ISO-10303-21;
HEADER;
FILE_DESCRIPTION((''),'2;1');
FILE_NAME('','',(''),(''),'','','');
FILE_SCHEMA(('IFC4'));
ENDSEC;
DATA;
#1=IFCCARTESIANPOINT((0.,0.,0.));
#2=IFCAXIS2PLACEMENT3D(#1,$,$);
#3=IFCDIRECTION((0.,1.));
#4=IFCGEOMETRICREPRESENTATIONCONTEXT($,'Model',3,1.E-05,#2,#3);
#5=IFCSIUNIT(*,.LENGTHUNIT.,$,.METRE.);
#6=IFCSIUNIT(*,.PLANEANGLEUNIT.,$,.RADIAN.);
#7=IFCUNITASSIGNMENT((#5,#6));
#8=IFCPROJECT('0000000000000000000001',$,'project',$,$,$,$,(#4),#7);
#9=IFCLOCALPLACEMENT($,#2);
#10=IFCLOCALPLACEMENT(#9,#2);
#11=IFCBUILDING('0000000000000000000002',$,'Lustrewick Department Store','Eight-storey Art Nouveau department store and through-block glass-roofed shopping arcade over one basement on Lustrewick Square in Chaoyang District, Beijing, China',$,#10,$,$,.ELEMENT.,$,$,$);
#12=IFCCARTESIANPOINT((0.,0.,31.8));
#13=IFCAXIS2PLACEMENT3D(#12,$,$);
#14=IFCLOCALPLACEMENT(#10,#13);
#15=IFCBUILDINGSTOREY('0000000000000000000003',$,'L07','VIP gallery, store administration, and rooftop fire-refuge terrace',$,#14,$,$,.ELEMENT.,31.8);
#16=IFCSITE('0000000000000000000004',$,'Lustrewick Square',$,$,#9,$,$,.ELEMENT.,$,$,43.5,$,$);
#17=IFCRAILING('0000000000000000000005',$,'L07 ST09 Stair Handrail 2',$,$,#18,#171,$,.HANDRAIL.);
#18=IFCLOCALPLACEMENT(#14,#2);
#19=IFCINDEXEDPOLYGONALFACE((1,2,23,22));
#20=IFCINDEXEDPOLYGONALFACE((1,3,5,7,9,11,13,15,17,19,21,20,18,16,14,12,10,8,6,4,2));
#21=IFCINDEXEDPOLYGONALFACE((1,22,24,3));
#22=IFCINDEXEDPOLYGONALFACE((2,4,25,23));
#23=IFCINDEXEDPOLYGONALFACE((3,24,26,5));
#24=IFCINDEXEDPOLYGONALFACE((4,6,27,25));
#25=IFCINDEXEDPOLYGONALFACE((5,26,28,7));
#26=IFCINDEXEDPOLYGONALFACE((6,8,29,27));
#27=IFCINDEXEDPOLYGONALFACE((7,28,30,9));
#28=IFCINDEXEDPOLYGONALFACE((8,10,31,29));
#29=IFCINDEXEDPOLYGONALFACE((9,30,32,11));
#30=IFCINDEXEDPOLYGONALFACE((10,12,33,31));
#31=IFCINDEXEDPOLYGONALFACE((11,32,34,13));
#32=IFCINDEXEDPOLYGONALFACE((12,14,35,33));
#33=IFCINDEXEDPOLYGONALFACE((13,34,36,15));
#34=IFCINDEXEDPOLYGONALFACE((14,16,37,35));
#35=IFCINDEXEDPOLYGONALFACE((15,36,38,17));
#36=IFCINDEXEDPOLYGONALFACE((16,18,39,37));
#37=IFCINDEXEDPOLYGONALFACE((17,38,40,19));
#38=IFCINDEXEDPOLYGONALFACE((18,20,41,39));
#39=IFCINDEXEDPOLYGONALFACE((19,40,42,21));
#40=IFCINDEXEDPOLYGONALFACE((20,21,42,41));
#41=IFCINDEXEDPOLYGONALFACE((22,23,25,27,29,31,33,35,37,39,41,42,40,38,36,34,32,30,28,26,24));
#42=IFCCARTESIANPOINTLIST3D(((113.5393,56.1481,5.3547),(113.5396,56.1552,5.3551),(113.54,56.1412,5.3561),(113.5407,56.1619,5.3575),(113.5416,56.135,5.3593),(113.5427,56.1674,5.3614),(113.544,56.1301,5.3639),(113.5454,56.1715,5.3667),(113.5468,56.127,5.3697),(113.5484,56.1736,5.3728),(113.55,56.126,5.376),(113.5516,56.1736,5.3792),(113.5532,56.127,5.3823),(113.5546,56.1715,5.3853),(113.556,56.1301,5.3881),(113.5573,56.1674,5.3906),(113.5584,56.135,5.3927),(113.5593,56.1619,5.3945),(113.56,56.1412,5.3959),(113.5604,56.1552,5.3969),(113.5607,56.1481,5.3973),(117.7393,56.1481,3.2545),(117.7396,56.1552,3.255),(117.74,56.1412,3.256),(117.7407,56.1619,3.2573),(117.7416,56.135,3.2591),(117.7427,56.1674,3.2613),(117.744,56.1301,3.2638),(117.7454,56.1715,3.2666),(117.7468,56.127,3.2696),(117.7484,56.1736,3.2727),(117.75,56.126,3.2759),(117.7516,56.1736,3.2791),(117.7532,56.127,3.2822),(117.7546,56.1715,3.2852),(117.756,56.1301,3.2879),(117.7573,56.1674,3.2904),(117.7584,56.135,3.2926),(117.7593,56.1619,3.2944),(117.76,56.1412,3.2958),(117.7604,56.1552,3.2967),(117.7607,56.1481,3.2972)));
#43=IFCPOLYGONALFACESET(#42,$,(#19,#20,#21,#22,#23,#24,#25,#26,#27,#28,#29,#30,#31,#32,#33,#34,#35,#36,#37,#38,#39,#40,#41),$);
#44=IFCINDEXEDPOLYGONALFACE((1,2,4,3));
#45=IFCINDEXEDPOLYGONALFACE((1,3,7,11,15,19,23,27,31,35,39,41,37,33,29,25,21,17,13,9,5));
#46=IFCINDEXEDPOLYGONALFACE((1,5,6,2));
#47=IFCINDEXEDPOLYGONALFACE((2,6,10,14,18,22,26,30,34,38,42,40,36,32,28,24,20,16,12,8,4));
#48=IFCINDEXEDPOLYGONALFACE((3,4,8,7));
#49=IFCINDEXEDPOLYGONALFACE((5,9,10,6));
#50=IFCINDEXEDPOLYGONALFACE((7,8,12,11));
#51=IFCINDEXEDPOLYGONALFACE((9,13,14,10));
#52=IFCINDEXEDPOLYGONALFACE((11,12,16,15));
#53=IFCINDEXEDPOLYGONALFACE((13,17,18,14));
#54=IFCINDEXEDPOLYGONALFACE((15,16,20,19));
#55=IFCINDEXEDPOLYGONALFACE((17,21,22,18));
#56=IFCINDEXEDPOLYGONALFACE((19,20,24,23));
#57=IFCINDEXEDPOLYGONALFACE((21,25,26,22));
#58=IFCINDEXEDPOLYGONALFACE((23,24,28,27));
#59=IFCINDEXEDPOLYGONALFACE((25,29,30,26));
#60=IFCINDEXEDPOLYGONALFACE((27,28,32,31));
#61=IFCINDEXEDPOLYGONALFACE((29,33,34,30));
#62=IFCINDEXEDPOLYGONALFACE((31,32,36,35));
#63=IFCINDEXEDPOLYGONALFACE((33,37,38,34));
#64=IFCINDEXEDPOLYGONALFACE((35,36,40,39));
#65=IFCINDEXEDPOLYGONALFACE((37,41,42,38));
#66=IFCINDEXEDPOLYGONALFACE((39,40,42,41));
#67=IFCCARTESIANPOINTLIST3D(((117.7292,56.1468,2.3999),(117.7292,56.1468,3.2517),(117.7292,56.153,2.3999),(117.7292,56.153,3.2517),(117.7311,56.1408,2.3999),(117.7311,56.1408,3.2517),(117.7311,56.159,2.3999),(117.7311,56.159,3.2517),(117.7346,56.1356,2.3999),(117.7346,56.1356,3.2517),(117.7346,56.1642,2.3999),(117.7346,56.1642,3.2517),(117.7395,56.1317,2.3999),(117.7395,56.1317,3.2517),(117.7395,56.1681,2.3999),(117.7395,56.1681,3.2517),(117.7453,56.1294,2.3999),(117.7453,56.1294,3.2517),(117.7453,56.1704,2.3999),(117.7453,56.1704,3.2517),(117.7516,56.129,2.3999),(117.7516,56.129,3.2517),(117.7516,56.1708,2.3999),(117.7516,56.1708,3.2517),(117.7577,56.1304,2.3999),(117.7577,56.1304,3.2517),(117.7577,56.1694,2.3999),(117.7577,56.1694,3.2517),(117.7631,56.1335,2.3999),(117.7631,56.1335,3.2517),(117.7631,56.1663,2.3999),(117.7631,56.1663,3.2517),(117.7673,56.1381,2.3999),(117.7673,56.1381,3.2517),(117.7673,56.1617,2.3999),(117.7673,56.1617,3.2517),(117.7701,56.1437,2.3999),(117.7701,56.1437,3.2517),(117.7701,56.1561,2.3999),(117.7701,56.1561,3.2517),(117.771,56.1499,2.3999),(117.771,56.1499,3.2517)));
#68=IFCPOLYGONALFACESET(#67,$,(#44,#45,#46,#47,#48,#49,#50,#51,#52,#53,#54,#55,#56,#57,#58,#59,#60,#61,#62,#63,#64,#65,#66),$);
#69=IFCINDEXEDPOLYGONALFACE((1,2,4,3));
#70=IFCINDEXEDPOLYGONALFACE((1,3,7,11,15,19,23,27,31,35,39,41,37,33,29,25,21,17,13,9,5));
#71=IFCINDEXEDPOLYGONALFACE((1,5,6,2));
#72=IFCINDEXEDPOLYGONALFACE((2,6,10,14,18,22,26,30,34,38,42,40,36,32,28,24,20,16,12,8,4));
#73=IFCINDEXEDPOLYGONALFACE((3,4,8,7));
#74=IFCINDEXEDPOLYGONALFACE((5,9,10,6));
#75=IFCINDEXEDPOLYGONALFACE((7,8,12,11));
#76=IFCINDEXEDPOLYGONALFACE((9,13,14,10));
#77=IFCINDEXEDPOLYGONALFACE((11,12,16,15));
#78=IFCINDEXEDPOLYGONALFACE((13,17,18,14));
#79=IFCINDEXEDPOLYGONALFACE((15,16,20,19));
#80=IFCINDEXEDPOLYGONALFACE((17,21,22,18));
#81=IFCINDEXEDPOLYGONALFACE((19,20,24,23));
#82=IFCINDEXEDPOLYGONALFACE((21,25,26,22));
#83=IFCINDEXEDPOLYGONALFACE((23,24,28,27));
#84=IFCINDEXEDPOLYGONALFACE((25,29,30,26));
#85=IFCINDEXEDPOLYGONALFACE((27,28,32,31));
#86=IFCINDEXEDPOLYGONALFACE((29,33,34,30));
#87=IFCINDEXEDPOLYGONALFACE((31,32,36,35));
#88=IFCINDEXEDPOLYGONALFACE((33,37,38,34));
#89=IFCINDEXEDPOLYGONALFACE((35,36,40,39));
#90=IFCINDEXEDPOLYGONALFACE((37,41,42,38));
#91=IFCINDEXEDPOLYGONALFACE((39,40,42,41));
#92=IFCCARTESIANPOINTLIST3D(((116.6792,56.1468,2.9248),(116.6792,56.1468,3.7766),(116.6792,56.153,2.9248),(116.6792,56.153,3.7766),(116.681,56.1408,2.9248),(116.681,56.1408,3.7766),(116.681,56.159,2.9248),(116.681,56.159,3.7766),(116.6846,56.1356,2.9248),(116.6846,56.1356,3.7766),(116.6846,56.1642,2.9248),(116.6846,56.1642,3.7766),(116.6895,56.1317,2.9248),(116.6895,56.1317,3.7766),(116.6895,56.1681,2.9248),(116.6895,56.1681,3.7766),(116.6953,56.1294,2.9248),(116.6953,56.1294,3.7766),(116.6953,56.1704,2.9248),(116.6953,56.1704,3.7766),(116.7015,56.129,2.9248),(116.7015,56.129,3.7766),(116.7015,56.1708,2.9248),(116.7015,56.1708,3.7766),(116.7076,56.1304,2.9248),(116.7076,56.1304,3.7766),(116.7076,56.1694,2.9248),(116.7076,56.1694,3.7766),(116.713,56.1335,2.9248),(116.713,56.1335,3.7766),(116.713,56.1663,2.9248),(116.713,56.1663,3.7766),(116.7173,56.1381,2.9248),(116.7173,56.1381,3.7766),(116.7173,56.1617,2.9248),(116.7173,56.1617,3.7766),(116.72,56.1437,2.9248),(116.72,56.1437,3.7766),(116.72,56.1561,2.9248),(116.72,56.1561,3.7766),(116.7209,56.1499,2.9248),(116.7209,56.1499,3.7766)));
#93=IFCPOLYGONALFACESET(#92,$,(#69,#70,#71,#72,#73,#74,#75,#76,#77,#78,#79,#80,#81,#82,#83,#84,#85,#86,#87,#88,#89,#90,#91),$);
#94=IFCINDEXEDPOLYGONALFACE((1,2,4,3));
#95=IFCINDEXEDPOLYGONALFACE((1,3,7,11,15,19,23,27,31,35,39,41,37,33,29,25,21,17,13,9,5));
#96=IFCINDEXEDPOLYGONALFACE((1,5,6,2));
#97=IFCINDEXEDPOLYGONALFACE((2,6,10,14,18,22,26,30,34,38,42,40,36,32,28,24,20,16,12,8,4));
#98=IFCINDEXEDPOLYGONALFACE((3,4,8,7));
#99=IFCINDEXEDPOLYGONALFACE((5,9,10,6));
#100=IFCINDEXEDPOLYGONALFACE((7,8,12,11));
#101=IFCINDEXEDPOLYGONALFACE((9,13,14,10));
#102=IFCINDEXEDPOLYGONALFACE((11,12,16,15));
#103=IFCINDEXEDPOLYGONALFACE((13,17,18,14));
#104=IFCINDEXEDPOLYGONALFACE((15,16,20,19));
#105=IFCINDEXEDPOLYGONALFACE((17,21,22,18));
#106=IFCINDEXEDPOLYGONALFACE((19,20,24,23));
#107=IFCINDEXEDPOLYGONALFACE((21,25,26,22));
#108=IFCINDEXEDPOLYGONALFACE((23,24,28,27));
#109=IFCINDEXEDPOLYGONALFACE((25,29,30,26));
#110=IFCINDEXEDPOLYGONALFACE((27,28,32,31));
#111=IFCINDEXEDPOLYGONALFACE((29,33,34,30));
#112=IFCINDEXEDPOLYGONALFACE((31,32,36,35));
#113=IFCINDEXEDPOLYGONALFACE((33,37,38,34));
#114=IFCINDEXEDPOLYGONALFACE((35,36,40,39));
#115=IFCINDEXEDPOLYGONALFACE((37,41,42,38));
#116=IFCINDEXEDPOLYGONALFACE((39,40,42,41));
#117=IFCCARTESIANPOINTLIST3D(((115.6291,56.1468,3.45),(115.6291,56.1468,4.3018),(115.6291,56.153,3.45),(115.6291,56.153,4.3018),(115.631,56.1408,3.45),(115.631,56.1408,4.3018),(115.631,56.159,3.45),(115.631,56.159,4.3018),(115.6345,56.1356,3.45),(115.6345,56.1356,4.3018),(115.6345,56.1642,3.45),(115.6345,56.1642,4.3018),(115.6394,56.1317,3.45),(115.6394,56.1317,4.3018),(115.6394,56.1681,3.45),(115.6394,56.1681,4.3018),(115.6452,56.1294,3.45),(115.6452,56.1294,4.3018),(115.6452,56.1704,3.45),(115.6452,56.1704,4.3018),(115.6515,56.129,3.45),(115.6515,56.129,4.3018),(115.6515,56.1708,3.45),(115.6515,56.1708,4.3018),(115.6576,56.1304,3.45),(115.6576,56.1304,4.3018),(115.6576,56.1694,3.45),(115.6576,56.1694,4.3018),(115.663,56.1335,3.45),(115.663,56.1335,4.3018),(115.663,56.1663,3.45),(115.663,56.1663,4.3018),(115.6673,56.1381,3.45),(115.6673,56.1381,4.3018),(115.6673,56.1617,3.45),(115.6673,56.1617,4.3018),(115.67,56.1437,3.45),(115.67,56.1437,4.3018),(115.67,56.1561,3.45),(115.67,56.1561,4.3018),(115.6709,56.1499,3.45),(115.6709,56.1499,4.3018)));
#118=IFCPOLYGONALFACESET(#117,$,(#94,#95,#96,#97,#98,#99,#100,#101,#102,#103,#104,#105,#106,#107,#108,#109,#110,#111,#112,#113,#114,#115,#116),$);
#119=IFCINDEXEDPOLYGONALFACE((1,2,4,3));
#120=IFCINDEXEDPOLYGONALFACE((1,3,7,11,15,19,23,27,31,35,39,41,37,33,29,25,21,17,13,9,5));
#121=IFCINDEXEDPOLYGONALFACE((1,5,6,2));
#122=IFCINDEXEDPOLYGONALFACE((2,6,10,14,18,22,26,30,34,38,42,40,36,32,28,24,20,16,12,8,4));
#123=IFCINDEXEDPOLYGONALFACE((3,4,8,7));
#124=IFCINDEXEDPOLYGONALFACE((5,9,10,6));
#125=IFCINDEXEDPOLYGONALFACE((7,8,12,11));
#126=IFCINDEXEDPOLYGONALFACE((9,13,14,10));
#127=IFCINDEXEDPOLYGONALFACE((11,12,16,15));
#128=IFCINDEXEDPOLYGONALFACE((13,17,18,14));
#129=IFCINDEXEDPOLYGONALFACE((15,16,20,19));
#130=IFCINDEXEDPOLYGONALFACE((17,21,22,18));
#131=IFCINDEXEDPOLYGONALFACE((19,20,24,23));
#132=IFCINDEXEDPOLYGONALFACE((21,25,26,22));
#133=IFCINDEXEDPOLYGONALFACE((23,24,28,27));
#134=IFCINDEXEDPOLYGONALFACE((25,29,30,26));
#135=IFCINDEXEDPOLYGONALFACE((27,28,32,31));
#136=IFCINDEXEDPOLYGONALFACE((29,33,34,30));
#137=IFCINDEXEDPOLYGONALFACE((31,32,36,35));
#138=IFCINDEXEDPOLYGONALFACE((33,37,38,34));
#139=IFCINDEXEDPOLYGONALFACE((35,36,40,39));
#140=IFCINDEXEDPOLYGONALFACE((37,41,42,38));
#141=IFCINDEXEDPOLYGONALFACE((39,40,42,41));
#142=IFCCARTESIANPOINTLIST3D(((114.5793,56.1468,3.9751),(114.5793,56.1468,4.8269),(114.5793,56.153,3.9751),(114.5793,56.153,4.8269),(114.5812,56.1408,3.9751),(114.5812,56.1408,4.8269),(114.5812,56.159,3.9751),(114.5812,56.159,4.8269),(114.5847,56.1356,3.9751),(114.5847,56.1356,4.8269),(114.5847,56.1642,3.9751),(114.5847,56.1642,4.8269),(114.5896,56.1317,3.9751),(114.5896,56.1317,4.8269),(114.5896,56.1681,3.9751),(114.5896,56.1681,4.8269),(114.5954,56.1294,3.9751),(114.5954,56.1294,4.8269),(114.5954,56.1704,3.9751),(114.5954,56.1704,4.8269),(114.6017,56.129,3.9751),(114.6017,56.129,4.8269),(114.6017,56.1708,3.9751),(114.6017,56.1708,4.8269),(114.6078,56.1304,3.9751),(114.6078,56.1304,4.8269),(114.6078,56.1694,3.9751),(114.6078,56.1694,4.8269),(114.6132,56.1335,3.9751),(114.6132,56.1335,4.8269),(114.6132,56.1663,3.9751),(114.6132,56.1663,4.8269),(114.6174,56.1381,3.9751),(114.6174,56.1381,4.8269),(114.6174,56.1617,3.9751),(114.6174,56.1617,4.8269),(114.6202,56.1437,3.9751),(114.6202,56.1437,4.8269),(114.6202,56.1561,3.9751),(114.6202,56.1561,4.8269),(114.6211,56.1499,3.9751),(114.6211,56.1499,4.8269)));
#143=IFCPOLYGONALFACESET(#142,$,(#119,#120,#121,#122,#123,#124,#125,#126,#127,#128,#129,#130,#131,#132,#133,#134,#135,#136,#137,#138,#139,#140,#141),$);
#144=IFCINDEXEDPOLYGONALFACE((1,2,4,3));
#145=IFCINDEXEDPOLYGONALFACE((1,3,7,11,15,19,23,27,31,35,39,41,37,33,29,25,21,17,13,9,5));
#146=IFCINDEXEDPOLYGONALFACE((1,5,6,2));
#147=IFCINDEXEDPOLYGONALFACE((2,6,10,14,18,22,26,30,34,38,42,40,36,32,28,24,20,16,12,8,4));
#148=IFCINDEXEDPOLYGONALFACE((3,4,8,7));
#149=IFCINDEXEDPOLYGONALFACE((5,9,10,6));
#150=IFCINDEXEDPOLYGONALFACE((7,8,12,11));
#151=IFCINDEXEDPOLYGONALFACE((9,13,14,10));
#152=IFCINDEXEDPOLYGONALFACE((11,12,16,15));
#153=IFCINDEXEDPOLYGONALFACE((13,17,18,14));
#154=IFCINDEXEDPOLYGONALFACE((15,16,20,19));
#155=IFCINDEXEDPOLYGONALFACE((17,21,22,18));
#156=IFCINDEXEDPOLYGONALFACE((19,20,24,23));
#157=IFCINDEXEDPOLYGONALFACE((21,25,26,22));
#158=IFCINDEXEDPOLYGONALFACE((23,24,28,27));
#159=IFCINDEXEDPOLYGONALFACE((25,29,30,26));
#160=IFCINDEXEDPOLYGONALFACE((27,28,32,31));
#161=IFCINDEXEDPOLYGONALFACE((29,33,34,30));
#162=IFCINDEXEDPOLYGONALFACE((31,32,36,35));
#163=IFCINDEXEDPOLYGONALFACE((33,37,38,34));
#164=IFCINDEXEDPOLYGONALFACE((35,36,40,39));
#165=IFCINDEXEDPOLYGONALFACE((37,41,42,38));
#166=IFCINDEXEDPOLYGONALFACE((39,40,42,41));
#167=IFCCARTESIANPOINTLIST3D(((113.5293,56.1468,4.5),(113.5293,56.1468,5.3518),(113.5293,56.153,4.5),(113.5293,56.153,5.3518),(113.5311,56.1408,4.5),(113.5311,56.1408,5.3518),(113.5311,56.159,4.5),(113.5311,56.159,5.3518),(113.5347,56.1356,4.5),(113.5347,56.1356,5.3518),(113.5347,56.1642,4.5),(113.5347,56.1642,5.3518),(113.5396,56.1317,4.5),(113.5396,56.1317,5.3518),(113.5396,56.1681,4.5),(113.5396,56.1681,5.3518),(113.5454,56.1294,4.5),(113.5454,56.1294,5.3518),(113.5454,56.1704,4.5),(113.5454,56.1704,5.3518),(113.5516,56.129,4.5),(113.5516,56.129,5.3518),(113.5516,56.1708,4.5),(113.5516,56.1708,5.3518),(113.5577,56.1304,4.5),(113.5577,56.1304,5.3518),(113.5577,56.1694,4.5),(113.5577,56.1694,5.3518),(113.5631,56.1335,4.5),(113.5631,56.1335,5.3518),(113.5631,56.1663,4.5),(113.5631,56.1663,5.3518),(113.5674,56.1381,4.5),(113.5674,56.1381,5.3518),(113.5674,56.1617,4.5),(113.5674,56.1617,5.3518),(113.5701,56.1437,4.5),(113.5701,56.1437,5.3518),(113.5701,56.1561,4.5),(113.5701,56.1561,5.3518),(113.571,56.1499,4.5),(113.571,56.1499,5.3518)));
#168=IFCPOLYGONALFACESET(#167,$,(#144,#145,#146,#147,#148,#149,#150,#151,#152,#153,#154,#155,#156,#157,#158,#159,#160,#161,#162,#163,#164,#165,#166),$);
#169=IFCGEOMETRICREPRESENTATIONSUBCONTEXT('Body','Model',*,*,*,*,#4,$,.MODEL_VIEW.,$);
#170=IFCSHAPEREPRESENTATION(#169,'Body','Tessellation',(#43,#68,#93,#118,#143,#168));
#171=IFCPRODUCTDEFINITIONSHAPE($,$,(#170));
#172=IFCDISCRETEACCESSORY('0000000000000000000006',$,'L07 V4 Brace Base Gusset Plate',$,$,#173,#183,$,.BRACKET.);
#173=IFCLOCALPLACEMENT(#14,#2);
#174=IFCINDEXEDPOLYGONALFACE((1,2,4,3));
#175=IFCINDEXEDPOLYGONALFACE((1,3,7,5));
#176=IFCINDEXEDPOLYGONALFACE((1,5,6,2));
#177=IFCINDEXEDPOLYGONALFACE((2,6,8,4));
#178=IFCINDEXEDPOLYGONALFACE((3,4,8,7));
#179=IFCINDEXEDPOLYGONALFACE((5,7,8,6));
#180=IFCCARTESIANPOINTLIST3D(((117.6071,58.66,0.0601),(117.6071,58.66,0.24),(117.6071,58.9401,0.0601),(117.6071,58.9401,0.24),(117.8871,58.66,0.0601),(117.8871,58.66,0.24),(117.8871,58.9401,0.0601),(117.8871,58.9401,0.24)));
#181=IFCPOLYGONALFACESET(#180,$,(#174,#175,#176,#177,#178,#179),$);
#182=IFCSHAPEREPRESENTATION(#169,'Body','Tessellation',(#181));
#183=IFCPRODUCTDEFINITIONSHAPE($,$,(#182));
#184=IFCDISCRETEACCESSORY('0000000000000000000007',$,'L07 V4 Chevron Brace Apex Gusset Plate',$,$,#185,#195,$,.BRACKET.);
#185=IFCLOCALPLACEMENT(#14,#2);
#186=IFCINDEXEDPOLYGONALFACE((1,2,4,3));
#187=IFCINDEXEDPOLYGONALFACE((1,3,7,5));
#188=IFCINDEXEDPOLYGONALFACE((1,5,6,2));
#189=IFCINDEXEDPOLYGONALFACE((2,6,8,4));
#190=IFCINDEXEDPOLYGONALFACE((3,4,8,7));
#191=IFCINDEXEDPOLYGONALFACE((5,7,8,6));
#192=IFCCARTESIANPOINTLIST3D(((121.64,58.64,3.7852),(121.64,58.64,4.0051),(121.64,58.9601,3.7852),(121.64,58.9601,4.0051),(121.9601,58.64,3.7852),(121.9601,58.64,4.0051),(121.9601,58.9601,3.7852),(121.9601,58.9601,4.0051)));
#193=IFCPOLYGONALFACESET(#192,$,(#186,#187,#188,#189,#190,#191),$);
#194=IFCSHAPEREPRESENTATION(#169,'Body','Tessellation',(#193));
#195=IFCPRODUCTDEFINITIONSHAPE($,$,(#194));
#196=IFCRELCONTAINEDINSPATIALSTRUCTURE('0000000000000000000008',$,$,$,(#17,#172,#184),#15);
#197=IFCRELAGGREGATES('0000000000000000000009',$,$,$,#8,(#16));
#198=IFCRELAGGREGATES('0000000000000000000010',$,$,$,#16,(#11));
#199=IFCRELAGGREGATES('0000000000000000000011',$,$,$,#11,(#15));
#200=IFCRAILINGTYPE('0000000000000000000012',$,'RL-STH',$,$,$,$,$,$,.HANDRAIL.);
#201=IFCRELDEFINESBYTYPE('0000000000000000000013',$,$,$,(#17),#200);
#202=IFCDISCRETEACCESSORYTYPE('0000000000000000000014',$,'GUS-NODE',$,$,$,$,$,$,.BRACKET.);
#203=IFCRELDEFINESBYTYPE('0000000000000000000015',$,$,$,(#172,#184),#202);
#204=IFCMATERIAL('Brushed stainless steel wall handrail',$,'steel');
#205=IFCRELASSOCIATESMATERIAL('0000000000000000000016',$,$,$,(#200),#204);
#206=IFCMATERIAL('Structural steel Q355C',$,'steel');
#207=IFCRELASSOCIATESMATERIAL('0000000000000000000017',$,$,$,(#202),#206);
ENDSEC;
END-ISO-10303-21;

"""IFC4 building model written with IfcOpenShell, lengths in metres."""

from ifc_helpers import new_model, si_unit, direction, frame, origin, origin_2d, place, context, subcontext, project, spatial, rectangle, circle, extrude, material, type_object, element, save


model = new_model("IFC4")

# Units and contexts
model_context = context("Model", 3, precision=1e-05, world=origin(), true_north=direction((0.0, 1.0)))
body_context = subcontext(model_context, "Body", "Model", "MODEL_VIEW")
ifc_project = project(units=[si_unit("LENGTHUNIT", "METRE"), si_unit("PLANEANGLEUNIT", "RADIAN")], contexts=[model_context])

# Site, building, storey
site_placement = place(None, origin())
site = spatial("IfcSite", under=ifc_project, at=site_placement, Name="Lustrewick Square", CompositionType="ELEMENT", RefElevation=43.5)
building_placement = place(site_placement, origin())
building = spatial("IfcBuilding", under=site, at=building_placement, Name="Lustrewick Department Store", Description="Eight-storey Art Nouveau department store and through-block glass-roofed shopping arcade over one basement on Lustrewick Square in Chaoyang District, Beijing, China", CompositionType="ELEMENT")
storey_placement = place(building_placement, frame((0.0, 0.0, 31.8)))
storey = spatial("IfcBuildingStorey", under=building, at=storey_placement, Name="L07", Description="VIP gallery, store administration, and rooftop fire-refuge terrace", CompositionType="ELEMENT", Elevation=31.8)

# Shared definitions
ifc_material_1 = material(Name="Structural steel Q355C", Category="steel")

# Railing
ifc_material_2 = material(Name="Brushed stainless steel wall handrail", Category="steel")
railing_type_1 = type_object("IfcRailingType", Name="RL-STH", PredefinedType="HANDRAIL", material=ifc_material_2)
railing_1_placement = place(storey_placement, frame((117.75, 56.1499, 2.3999)))
element("IfcRailing", 1, at=railing_1_placement, inside=storey, type_object=railing_type_1, Name="L07 ST09 Stair Handrail 2", PredefinedType="HANDRAIL", context=body_context, shape_type="SweptSolid", body=[
    extrude(circle(Radius=0.0239, at=origin_2d()), frame((0.0, 0.0, 0.876), z_axis=(-0.894417, 0.0, 0.447234), x_axis=(0.0, -1.0, 0.0)), (0.0, 0.0, 1.0), 4.6958),
    extrude(circle(Radius=0.021, at=origin_2d()), origin(), (0.0, 0.0, 1.0), 0.8518),
    extrude(circle(Radius=0.021, at=origin_2d()), frame((-1.05, 0.0, 0.5249)), (0.0, 0.0, 1.0), 0.8518),
    extrude(circle(Radius=0.021, at=origin_2d()), frame((-2.1001, 0.0, 1.05)), (0.0, 0.0, 1.0), 0.8518),
    extrude(circle(Radius=0.021, at=origin_2d()), frame((-3.1499, 0.0, 1.5752)), (0.0, 0.0, 1.0), 0.8518),
    extrude(circle(Radius=0.021, at=origin_2d()), frame((-4.2, 0.0, 2.1001)), (0.0, 0.0, 1.0), 0.8518),
])

# Discrete accessories
discrete_accessory_type = type_object("IfcDiscreteAccessoryType", Name="GUS-NODE", PredefinedType="BRACKET", material=ifc_material_1)
discrete_accessory_1_placement = place(storey_placement, frame((117.7471, 58.8, 0.0601), z_axis=(0.0, 0.0, 1.0), x_axis=(1.0, 0.0, 0.0)))
element("IfcDiscreteAccessory", 2, at=discrete_accessory_1_placement, inside=storey, type_object=discrete_accessory_type, Name="L07 V4 Brace Base Gusset Plate", PredefinedType="BRACKET", context=body_context, shape_type="SweptSolid", body=[
    extrude(rectangle(XDim=0.28, YDim=0.28, at=origin_2d()), origin(), (0.0, 0.0, 1.0), 0.1799),
])
discrete_accessory_2_placement = place(storey_placement, frame((121.8, 58.8, 3.7852), z_axis=(0.0, 0.0, 1.0), x_axis=(1.0, 0.0, 0.0)))
element("IfcDiscreteAccessory", 3, at=discrete_accessory_2_placement, inside=storey, type_object=discrete_accessory_type, Name="L07 V4 Chevron Brace Apex Gusset Plate", PredefinedType="BRACKET", context=body_context, shape_type="SweptSolid", body=[
    extrude(rectangle(XDim=0.3201, YDim=0.3201, at=origin_2d()), origin(), (0.0, 0.0, 1.0), 0.22),
])

save(model, "model.ifc")
